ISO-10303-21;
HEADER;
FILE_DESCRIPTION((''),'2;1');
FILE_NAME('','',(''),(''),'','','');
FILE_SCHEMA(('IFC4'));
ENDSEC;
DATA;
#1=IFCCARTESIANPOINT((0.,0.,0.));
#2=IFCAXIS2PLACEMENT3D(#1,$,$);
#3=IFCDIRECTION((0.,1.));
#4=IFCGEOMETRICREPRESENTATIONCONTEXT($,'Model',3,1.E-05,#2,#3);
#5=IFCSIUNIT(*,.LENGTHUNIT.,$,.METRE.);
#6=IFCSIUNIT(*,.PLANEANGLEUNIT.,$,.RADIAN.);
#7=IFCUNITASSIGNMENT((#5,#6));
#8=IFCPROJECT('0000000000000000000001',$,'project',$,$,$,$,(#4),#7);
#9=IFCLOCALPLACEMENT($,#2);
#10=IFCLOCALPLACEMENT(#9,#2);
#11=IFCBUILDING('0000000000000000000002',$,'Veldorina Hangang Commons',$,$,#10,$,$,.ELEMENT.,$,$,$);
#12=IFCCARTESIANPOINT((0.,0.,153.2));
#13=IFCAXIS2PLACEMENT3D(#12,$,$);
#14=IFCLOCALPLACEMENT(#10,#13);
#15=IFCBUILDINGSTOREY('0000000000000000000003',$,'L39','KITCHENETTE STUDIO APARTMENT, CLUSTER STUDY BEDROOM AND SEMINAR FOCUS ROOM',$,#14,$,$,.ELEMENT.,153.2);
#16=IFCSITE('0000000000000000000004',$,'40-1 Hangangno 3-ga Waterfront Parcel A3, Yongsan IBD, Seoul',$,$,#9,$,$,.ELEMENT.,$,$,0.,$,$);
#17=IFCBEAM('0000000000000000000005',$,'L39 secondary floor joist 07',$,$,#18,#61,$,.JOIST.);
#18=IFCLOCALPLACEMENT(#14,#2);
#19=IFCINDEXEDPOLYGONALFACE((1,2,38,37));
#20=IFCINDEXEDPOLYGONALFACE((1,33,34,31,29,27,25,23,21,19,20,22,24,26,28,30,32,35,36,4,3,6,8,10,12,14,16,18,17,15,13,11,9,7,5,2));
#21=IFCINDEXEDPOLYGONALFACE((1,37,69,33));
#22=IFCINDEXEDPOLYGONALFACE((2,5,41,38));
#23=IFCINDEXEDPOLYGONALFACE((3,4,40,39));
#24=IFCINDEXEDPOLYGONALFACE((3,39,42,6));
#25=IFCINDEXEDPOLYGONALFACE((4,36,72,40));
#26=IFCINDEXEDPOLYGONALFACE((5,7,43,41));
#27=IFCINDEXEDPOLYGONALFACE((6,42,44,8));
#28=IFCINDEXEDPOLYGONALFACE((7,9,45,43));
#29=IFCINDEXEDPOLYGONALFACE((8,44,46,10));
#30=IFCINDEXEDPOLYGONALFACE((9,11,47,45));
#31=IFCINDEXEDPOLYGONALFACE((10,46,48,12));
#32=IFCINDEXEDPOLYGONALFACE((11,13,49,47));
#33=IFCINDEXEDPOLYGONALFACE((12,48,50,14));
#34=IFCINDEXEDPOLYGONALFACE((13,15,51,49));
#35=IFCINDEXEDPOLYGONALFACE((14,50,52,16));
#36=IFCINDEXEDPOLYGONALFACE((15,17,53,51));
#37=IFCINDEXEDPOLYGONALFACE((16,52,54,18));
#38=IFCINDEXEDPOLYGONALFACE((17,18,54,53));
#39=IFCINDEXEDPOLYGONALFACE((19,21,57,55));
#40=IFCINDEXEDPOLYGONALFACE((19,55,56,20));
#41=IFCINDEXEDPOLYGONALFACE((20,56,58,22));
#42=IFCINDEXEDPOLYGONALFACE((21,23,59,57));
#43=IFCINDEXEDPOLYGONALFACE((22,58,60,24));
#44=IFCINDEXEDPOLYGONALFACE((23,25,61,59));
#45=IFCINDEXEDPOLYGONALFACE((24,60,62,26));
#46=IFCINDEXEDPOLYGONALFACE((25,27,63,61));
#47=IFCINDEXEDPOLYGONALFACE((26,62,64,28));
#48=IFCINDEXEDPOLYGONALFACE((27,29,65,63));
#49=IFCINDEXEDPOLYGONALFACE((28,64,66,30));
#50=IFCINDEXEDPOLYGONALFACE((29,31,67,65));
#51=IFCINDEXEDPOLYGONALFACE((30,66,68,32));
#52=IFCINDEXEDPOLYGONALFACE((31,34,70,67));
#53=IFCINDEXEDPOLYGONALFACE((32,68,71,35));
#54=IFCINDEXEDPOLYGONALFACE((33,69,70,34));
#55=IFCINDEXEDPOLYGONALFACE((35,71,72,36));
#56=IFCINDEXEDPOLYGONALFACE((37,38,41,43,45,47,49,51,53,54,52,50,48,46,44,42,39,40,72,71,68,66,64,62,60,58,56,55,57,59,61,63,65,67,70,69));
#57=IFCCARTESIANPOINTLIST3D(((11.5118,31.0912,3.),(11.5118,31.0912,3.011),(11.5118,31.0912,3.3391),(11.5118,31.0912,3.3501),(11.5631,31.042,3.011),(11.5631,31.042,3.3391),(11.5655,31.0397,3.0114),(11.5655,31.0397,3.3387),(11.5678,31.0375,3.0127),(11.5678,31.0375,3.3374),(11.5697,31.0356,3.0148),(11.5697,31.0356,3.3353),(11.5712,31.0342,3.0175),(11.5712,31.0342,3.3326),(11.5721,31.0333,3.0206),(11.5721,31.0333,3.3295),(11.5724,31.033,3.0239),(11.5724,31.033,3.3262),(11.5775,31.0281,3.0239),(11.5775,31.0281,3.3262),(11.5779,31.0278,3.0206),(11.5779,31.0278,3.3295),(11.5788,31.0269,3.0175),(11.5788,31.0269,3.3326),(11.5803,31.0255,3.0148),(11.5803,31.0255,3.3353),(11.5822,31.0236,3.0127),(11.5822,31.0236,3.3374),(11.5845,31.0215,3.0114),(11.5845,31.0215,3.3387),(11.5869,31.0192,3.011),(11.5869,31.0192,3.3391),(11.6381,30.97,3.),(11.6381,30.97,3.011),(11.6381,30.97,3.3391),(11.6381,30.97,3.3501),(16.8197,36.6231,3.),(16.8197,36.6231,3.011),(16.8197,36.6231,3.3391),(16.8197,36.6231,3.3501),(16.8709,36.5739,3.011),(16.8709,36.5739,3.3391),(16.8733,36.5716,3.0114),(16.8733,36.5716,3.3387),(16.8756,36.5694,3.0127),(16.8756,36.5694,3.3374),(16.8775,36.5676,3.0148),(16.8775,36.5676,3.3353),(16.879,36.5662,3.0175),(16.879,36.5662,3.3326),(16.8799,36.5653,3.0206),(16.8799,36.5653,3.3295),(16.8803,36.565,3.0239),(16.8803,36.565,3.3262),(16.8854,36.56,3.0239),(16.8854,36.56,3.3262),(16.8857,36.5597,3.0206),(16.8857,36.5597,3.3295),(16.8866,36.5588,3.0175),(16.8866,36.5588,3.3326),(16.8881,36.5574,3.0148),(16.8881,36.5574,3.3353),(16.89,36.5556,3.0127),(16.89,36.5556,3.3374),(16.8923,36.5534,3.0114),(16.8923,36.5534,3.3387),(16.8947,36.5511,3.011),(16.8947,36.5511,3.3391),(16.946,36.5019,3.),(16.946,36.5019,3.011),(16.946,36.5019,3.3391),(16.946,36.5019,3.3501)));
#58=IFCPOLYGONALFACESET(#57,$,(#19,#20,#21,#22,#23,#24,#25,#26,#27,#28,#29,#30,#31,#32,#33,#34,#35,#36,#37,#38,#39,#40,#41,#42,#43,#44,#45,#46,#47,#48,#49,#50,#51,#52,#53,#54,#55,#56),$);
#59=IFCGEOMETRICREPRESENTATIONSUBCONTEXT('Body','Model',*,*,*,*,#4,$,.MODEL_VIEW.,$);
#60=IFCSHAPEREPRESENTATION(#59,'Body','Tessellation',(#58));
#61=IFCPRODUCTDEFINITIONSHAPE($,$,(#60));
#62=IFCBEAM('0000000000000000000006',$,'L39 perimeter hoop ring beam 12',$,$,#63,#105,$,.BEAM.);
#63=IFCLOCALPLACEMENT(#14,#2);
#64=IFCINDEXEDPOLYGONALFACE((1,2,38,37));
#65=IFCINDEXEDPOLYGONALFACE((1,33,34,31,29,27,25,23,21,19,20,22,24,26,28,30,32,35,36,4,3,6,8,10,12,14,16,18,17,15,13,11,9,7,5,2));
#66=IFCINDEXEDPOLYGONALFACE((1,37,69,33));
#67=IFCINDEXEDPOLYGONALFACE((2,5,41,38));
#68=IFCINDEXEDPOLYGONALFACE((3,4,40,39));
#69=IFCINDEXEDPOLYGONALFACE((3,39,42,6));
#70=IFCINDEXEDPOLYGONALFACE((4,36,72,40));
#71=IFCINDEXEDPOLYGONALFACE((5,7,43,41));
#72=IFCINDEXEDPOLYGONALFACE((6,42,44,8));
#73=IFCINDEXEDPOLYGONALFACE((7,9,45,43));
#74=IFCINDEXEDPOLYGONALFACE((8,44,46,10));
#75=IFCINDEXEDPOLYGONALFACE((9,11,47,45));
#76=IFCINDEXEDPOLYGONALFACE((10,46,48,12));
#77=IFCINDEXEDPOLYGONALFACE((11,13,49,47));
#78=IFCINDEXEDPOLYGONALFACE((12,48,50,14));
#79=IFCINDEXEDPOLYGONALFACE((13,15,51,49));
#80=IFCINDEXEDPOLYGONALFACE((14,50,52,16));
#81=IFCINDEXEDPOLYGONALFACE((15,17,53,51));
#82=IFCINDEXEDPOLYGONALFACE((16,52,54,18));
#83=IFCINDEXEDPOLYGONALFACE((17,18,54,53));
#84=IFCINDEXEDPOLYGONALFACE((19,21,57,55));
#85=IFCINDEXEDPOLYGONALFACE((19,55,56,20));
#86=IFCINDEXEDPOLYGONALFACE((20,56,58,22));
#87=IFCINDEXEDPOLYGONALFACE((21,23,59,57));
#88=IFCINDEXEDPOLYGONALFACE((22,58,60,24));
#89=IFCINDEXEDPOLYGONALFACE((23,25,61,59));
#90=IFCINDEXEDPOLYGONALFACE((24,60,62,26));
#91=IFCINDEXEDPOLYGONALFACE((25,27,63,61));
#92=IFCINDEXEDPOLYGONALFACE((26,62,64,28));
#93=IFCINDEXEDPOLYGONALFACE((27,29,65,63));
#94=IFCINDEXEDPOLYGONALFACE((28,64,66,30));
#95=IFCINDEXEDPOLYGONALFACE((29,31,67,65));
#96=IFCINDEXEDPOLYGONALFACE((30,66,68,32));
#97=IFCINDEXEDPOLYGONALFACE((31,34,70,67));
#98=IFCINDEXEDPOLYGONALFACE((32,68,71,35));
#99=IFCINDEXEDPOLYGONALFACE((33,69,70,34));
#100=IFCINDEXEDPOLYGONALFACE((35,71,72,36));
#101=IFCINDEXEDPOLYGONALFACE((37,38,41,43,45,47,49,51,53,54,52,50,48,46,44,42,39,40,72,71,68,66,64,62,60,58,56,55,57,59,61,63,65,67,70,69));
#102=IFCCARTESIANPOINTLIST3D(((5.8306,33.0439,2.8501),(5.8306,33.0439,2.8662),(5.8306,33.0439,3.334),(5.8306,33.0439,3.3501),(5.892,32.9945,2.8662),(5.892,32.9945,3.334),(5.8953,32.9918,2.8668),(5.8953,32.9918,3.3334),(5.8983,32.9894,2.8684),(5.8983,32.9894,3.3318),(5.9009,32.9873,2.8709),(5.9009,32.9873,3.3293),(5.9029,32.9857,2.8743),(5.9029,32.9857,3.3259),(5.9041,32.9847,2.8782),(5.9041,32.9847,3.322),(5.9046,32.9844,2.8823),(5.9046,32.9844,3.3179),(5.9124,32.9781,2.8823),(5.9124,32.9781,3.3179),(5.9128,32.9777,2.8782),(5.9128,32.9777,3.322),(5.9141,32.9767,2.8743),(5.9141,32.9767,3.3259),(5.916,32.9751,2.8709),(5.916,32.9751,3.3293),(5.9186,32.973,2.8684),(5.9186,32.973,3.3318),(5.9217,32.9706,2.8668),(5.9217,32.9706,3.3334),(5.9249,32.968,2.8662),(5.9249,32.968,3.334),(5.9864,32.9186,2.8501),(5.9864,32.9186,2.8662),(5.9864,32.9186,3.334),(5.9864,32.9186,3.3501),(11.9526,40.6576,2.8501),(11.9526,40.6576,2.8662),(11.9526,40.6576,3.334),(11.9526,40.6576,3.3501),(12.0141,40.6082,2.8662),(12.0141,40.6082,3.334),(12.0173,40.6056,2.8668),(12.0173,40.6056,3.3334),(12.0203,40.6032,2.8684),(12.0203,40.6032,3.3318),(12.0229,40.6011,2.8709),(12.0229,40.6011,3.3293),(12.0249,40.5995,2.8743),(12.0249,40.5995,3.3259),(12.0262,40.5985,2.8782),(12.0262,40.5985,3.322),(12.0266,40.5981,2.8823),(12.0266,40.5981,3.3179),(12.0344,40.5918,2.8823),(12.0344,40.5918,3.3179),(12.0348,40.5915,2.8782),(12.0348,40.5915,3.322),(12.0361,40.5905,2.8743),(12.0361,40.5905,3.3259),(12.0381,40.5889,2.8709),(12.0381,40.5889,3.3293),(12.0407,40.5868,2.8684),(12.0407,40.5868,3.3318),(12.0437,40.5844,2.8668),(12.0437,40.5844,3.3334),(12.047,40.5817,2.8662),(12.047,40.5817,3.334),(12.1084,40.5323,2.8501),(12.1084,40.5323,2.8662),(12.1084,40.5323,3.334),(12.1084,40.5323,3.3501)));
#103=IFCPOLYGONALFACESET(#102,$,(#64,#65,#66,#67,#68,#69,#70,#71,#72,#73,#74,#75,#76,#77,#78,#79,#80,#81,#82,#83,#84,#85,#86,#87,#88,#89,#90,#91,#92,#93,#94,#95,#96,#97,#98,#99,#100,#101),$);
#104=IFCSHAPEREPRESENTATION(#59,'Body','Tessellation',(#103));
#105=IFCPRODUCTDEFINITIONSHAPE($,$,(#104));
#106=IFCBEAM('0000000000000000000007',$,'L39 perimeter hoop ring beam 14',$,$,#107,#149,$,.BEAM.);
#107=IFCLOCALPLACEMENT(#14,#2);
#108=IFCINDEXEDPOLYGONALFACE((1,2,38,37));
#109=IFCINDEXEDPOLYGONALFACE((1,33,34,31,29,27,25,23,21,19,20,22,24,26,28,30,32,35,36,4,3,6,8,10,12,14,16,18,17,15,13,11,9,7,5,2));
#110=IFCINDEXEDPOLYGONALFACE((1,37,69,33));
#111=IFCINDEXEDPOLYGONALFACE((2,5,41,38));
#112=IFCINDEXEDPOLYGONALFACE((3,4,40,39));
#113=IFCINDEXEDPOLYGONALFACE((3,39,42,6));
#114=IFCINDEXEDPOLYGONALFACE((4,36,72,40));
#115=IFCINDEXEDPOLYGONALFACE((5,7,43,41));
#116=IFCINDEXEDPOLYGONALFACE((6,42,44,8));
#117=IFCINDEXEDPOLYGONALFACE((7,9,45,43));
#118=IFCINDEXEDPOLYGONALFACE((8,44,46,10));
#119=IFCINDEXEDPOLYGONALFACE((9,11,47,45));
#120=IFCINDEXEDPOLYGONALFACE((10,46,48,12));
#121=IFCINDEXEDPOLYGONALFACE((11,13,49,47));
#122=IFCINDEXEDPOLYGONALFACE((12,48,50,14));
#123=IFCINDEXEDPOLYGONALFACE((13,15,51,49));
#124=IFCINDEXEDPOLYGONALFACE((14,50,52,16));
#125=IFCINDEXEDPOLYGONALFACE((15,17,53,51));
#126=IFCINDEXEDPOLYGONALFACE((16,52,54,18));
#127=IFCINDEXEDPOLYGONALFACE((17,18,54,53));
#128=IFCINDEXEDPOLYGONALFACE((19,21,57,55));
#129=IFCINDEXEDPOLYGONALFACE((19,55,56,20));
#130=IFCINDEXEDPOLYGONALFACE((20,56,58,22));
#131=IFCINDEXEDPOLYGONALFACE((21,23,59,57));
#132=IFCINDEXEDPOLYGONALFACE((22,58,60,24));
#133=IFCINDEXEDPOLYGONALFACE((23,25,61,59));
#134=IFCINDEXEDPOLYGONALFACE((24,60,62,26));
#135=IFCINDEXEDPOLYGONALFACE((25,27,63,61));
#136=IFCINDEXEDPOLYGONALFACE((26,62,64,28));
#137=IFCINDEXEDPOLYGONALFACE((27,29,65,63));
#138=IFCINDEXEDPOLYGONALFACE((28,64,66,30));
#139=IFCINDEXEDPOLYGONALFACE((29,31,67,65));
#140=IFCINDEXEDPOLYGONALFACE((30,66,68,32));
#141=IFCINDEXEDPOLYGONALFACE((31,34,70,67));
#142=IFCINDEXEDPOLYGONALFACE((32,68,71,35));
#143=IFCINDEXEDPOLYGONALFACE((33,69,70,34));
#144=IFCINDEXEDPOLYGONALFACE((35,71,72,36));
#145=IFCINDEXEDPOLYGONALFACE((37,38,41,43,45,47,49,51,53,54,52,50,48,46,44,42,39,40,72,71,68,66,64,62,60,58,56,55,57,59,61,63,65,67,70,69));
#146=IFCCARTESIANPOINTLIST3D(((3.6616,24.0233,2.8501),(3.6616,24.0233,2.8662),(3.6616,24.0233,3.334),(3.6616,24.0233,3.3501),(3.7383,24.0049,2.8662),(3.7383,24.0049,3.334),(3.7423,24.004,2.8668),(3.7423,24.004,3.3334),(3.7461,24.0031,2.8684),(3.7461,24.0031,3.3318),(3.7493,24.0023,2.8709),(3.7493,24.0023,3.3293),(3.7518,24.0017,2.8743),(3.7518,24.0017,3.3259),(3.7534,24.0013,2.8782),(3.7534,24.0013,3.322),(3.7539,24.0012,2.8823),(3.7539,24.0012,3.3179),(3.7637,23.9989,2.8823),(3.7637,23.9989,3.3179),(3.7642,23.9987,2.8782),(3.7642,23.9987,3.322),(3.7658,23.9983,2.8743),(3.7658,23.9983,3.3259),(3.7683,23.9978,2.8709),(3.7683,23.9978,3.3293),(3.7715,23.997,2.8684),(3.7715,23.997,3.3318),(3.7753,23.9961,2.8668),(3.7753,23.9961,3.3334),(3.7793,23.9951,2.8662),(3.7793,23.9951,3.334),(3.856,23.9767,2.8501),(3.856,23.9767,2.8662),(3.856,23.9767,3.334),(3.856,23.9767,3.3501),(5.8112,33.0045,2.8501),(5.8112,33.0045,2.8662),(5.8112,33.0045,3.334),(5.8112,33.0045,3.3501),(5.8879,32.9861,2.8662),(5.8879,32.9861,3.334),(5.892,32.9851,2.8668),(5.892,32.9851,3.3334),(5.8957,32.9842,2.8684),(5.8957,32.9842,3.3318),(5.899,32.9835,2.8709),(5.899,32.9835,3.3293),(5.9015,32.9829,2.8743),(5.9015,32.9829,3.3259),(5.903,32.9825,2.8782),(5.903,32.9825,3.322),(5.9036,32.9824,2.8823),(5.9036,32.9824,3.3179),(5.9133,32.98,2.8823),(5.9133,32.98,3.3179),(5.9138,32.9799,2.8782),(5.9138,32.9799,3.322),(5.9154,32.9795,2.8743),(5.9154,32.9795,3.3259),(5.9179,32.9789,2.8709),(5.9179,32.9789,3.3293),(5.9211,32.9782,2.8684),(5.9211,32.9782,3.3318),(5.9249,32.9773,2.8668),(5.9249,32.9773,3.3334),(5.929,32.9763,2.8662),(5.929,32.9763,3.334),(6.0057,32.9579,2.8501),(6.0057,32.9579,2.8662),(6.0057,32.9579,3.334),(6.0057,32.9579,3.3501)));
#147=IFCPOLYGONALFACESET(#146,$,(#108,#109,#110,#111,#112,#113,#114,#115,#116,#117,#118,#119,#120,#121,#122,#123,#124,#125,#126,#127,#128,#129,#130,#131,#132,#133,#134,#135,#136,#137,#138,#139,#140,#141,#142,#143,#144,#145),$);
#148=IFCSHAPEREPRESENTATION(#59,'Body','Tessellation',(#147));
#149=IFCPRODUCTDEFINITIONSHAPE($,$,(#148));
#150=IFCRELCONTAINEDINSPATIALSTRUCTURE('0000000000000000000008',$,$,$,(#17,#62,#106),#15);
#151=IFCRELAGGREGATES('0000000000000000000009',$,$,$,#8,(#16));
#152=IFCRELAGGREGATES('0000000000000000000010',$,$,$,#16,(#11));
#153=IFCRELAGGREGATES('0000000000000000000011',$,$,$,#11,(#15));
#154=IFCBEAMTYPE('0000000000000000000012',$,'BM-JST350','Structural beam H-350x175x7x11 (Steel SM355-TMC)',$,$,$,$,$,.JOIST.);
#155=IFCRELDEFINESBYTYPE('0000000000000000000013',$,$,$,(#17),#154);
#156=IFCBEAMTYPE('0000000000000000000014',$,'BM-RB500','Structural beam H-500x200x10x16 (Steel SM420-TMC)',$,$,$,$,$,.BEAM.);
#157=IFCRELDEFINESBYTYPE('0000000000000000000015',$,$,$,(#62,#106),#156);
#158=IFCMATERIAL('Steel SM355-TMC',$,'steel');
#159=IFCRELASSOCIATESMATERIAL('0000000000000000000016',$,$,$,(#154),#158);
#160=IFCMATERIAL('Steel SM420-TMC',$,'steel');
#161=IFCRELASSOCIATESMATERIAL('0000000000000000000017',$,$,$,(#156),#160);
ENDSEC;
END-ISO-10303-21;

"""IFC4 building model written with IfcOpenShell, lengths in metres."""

from ifc_helpers import new_model, si_unit, direction, frame, origin, origin_2d, place, context, subcontext, project, spatial, i_section, extrude, material, material_profile, profile_set, type_object, element, save


model = new_model("IFC4")

# Units and contexts
model_context = context("Model", 3, precision=1e-05, world=origin(), true_north=direction((0.0, 1.0)))
body_context = subcontext(model_context, "Body", "Model", "MODEL_VIEW")
ifc_project = project(units=[si_unit("LENGTHUNIT", "METRE"), si_unit("PLANEANGLEUNIT", "RADIAN")], contexts=[model_context])

# Site, building, storey
site_placement = place(None, origin())
site = spatial("IfcSite", under=ifc_project, at=site_placement, Name="40-1 Hangangno 3-ga Waterfront Parcel A3, Yongsan IBD, Seoul", CompositionType="ELEMENT", RefElevation=0.0)
building_placement = place(site_placement, origin())
building = spatial("IfcBuilding", under=site, at=building_placement, Name="Veldorina Hangang Commons", CompositionType="ELEMENT")
storey_placement = place(building_placement, frame((0.0, 0.0, 153.2)))
storey = spatial("IfcBuildingStorey", under=building, at=storey_placement, Name="L39", Description="KITCHENETTE STUDIO APARTMENT, CLUSTER STUDY BEDROOM AND SEMINAR FOCUS ROOM", CompositionType="ELEMENT", Elevation=153.2)

# Beams
ifc_material_1 = material(Name="Steel SM355-TMC", Category="steel")
ifc_material_profile_1 = material_profile(ifc_material_1, i_section(OverallWidth=0.175, OverallDepth=0.3501, WebThickness=0.0071, FlangeThickness=0.011, FilletRadius=0.0129, at=origin_2d()), Name="H-350x175x7x11")
ifc_profile_set_1 = profile_set([ifc_material_profile_1], Name="Steel SM355-TMC")
beam_type_1 = type_object("IfcBeamType", Name="BM-JST350", Description="Structural beam H-350x175x7x11 (Steel SM355-TMC)", PredefinedType="JOIST", material=ifc_profile_set_1)
beam_1_placement = place(storey_placement, frame((16.8828, 36.5625, 3.175), z_axis=(-0.692339, -0.721572, 0.0), x_axis=(0.721572, -0.692339, 0.0)))
element("IfcBeam", 1, at=beam_1_placement, inside=storey, type_object=beam_type_1, Name="L39 secondary floor joist 07", PredefinedType="JOIST", context=body_context, shape_type="SweptSolid", body=[
    extrude(i_section(OverallWidth=0.175, OverallDepth=0.3501, WebThickness=0.0071, FlangeThickness=0.011, FilletRadius=0.0129, at=origin_2d()), origin(), (0.0, 0.0, 1.0), 7.6665),
])
ifc_material_2 = material(Name="Steel SM420-TMC", Category="steel")
ifc_material_profile_2 = material_profile(ifc_material_2, i_section(OverallWidth=0.2, OverallDepth=0.5, WebThickness=0.01, FlangeThickness=0.0161, FilletRadius=0.0161, at=origin_2d()), Name="H-500x200x10x16")
ifc_profile_set_2 = profile_set([ifc_material_profile_2], Name="Steel SM420-TMC")
beam_type_2 = type_object("IfcBeamType", Name="BM-RB500", Description="Structural beam H-500x200x10x16 (Steel SM420-TMC)", PredefinedType="BEAM", material=ifc_profile_set_2)
beam_2_placement = place(storey_placement, frame((12.0305, 40.595, 3.1001), z_axis=(-0.626631, -0.779316, 0.0), x_axis=(0.779316, -0.626631, 0.0)))
element("IfcBeam", 2, at=beam_2_placement, inside=storey, type_object=beam_type_2, Name="L39 perimeter hoop ring beam 12", PredefinedType="BEAM", context=body_context, shape_type="SweptSolid", body=[
    extrude(i_section(OverallWidth=0.2, OverallDepth=0.5, WebThickness=0.01, FlangeThickness=0.0161, FilletRadius=0.0161, at=origin_2d()), origin(), (0.0, 0.0, 1.0), 9.7698),
])
beam_3_placement = place(storey_placement, frame((5.9084, 32.9812, 3.1001), z_axis=(-0.232776, -0.97253, 0.0), x_axis=(0.97253, -0.232776, 0.0)))
element("IfcBeam", 3, at=beam_3_placement, inside=storey, type_object=beam_type_2, Name="L39 perimeter hoop ring beam 14", PredefinedType="BEAM", context=body_context, shape_type="SweptSolid", body=[
    extrude(i_section(OverallWidth=0.2, OverallDepth=0.5, WebThickness=0.01, FlangeThickness=0.0161, FilletRadius=0.0161, at=origin_2d()), origin(), (0.0, 0.0, 1.0), 9.2349),
])

save(model, "model.ifc")
